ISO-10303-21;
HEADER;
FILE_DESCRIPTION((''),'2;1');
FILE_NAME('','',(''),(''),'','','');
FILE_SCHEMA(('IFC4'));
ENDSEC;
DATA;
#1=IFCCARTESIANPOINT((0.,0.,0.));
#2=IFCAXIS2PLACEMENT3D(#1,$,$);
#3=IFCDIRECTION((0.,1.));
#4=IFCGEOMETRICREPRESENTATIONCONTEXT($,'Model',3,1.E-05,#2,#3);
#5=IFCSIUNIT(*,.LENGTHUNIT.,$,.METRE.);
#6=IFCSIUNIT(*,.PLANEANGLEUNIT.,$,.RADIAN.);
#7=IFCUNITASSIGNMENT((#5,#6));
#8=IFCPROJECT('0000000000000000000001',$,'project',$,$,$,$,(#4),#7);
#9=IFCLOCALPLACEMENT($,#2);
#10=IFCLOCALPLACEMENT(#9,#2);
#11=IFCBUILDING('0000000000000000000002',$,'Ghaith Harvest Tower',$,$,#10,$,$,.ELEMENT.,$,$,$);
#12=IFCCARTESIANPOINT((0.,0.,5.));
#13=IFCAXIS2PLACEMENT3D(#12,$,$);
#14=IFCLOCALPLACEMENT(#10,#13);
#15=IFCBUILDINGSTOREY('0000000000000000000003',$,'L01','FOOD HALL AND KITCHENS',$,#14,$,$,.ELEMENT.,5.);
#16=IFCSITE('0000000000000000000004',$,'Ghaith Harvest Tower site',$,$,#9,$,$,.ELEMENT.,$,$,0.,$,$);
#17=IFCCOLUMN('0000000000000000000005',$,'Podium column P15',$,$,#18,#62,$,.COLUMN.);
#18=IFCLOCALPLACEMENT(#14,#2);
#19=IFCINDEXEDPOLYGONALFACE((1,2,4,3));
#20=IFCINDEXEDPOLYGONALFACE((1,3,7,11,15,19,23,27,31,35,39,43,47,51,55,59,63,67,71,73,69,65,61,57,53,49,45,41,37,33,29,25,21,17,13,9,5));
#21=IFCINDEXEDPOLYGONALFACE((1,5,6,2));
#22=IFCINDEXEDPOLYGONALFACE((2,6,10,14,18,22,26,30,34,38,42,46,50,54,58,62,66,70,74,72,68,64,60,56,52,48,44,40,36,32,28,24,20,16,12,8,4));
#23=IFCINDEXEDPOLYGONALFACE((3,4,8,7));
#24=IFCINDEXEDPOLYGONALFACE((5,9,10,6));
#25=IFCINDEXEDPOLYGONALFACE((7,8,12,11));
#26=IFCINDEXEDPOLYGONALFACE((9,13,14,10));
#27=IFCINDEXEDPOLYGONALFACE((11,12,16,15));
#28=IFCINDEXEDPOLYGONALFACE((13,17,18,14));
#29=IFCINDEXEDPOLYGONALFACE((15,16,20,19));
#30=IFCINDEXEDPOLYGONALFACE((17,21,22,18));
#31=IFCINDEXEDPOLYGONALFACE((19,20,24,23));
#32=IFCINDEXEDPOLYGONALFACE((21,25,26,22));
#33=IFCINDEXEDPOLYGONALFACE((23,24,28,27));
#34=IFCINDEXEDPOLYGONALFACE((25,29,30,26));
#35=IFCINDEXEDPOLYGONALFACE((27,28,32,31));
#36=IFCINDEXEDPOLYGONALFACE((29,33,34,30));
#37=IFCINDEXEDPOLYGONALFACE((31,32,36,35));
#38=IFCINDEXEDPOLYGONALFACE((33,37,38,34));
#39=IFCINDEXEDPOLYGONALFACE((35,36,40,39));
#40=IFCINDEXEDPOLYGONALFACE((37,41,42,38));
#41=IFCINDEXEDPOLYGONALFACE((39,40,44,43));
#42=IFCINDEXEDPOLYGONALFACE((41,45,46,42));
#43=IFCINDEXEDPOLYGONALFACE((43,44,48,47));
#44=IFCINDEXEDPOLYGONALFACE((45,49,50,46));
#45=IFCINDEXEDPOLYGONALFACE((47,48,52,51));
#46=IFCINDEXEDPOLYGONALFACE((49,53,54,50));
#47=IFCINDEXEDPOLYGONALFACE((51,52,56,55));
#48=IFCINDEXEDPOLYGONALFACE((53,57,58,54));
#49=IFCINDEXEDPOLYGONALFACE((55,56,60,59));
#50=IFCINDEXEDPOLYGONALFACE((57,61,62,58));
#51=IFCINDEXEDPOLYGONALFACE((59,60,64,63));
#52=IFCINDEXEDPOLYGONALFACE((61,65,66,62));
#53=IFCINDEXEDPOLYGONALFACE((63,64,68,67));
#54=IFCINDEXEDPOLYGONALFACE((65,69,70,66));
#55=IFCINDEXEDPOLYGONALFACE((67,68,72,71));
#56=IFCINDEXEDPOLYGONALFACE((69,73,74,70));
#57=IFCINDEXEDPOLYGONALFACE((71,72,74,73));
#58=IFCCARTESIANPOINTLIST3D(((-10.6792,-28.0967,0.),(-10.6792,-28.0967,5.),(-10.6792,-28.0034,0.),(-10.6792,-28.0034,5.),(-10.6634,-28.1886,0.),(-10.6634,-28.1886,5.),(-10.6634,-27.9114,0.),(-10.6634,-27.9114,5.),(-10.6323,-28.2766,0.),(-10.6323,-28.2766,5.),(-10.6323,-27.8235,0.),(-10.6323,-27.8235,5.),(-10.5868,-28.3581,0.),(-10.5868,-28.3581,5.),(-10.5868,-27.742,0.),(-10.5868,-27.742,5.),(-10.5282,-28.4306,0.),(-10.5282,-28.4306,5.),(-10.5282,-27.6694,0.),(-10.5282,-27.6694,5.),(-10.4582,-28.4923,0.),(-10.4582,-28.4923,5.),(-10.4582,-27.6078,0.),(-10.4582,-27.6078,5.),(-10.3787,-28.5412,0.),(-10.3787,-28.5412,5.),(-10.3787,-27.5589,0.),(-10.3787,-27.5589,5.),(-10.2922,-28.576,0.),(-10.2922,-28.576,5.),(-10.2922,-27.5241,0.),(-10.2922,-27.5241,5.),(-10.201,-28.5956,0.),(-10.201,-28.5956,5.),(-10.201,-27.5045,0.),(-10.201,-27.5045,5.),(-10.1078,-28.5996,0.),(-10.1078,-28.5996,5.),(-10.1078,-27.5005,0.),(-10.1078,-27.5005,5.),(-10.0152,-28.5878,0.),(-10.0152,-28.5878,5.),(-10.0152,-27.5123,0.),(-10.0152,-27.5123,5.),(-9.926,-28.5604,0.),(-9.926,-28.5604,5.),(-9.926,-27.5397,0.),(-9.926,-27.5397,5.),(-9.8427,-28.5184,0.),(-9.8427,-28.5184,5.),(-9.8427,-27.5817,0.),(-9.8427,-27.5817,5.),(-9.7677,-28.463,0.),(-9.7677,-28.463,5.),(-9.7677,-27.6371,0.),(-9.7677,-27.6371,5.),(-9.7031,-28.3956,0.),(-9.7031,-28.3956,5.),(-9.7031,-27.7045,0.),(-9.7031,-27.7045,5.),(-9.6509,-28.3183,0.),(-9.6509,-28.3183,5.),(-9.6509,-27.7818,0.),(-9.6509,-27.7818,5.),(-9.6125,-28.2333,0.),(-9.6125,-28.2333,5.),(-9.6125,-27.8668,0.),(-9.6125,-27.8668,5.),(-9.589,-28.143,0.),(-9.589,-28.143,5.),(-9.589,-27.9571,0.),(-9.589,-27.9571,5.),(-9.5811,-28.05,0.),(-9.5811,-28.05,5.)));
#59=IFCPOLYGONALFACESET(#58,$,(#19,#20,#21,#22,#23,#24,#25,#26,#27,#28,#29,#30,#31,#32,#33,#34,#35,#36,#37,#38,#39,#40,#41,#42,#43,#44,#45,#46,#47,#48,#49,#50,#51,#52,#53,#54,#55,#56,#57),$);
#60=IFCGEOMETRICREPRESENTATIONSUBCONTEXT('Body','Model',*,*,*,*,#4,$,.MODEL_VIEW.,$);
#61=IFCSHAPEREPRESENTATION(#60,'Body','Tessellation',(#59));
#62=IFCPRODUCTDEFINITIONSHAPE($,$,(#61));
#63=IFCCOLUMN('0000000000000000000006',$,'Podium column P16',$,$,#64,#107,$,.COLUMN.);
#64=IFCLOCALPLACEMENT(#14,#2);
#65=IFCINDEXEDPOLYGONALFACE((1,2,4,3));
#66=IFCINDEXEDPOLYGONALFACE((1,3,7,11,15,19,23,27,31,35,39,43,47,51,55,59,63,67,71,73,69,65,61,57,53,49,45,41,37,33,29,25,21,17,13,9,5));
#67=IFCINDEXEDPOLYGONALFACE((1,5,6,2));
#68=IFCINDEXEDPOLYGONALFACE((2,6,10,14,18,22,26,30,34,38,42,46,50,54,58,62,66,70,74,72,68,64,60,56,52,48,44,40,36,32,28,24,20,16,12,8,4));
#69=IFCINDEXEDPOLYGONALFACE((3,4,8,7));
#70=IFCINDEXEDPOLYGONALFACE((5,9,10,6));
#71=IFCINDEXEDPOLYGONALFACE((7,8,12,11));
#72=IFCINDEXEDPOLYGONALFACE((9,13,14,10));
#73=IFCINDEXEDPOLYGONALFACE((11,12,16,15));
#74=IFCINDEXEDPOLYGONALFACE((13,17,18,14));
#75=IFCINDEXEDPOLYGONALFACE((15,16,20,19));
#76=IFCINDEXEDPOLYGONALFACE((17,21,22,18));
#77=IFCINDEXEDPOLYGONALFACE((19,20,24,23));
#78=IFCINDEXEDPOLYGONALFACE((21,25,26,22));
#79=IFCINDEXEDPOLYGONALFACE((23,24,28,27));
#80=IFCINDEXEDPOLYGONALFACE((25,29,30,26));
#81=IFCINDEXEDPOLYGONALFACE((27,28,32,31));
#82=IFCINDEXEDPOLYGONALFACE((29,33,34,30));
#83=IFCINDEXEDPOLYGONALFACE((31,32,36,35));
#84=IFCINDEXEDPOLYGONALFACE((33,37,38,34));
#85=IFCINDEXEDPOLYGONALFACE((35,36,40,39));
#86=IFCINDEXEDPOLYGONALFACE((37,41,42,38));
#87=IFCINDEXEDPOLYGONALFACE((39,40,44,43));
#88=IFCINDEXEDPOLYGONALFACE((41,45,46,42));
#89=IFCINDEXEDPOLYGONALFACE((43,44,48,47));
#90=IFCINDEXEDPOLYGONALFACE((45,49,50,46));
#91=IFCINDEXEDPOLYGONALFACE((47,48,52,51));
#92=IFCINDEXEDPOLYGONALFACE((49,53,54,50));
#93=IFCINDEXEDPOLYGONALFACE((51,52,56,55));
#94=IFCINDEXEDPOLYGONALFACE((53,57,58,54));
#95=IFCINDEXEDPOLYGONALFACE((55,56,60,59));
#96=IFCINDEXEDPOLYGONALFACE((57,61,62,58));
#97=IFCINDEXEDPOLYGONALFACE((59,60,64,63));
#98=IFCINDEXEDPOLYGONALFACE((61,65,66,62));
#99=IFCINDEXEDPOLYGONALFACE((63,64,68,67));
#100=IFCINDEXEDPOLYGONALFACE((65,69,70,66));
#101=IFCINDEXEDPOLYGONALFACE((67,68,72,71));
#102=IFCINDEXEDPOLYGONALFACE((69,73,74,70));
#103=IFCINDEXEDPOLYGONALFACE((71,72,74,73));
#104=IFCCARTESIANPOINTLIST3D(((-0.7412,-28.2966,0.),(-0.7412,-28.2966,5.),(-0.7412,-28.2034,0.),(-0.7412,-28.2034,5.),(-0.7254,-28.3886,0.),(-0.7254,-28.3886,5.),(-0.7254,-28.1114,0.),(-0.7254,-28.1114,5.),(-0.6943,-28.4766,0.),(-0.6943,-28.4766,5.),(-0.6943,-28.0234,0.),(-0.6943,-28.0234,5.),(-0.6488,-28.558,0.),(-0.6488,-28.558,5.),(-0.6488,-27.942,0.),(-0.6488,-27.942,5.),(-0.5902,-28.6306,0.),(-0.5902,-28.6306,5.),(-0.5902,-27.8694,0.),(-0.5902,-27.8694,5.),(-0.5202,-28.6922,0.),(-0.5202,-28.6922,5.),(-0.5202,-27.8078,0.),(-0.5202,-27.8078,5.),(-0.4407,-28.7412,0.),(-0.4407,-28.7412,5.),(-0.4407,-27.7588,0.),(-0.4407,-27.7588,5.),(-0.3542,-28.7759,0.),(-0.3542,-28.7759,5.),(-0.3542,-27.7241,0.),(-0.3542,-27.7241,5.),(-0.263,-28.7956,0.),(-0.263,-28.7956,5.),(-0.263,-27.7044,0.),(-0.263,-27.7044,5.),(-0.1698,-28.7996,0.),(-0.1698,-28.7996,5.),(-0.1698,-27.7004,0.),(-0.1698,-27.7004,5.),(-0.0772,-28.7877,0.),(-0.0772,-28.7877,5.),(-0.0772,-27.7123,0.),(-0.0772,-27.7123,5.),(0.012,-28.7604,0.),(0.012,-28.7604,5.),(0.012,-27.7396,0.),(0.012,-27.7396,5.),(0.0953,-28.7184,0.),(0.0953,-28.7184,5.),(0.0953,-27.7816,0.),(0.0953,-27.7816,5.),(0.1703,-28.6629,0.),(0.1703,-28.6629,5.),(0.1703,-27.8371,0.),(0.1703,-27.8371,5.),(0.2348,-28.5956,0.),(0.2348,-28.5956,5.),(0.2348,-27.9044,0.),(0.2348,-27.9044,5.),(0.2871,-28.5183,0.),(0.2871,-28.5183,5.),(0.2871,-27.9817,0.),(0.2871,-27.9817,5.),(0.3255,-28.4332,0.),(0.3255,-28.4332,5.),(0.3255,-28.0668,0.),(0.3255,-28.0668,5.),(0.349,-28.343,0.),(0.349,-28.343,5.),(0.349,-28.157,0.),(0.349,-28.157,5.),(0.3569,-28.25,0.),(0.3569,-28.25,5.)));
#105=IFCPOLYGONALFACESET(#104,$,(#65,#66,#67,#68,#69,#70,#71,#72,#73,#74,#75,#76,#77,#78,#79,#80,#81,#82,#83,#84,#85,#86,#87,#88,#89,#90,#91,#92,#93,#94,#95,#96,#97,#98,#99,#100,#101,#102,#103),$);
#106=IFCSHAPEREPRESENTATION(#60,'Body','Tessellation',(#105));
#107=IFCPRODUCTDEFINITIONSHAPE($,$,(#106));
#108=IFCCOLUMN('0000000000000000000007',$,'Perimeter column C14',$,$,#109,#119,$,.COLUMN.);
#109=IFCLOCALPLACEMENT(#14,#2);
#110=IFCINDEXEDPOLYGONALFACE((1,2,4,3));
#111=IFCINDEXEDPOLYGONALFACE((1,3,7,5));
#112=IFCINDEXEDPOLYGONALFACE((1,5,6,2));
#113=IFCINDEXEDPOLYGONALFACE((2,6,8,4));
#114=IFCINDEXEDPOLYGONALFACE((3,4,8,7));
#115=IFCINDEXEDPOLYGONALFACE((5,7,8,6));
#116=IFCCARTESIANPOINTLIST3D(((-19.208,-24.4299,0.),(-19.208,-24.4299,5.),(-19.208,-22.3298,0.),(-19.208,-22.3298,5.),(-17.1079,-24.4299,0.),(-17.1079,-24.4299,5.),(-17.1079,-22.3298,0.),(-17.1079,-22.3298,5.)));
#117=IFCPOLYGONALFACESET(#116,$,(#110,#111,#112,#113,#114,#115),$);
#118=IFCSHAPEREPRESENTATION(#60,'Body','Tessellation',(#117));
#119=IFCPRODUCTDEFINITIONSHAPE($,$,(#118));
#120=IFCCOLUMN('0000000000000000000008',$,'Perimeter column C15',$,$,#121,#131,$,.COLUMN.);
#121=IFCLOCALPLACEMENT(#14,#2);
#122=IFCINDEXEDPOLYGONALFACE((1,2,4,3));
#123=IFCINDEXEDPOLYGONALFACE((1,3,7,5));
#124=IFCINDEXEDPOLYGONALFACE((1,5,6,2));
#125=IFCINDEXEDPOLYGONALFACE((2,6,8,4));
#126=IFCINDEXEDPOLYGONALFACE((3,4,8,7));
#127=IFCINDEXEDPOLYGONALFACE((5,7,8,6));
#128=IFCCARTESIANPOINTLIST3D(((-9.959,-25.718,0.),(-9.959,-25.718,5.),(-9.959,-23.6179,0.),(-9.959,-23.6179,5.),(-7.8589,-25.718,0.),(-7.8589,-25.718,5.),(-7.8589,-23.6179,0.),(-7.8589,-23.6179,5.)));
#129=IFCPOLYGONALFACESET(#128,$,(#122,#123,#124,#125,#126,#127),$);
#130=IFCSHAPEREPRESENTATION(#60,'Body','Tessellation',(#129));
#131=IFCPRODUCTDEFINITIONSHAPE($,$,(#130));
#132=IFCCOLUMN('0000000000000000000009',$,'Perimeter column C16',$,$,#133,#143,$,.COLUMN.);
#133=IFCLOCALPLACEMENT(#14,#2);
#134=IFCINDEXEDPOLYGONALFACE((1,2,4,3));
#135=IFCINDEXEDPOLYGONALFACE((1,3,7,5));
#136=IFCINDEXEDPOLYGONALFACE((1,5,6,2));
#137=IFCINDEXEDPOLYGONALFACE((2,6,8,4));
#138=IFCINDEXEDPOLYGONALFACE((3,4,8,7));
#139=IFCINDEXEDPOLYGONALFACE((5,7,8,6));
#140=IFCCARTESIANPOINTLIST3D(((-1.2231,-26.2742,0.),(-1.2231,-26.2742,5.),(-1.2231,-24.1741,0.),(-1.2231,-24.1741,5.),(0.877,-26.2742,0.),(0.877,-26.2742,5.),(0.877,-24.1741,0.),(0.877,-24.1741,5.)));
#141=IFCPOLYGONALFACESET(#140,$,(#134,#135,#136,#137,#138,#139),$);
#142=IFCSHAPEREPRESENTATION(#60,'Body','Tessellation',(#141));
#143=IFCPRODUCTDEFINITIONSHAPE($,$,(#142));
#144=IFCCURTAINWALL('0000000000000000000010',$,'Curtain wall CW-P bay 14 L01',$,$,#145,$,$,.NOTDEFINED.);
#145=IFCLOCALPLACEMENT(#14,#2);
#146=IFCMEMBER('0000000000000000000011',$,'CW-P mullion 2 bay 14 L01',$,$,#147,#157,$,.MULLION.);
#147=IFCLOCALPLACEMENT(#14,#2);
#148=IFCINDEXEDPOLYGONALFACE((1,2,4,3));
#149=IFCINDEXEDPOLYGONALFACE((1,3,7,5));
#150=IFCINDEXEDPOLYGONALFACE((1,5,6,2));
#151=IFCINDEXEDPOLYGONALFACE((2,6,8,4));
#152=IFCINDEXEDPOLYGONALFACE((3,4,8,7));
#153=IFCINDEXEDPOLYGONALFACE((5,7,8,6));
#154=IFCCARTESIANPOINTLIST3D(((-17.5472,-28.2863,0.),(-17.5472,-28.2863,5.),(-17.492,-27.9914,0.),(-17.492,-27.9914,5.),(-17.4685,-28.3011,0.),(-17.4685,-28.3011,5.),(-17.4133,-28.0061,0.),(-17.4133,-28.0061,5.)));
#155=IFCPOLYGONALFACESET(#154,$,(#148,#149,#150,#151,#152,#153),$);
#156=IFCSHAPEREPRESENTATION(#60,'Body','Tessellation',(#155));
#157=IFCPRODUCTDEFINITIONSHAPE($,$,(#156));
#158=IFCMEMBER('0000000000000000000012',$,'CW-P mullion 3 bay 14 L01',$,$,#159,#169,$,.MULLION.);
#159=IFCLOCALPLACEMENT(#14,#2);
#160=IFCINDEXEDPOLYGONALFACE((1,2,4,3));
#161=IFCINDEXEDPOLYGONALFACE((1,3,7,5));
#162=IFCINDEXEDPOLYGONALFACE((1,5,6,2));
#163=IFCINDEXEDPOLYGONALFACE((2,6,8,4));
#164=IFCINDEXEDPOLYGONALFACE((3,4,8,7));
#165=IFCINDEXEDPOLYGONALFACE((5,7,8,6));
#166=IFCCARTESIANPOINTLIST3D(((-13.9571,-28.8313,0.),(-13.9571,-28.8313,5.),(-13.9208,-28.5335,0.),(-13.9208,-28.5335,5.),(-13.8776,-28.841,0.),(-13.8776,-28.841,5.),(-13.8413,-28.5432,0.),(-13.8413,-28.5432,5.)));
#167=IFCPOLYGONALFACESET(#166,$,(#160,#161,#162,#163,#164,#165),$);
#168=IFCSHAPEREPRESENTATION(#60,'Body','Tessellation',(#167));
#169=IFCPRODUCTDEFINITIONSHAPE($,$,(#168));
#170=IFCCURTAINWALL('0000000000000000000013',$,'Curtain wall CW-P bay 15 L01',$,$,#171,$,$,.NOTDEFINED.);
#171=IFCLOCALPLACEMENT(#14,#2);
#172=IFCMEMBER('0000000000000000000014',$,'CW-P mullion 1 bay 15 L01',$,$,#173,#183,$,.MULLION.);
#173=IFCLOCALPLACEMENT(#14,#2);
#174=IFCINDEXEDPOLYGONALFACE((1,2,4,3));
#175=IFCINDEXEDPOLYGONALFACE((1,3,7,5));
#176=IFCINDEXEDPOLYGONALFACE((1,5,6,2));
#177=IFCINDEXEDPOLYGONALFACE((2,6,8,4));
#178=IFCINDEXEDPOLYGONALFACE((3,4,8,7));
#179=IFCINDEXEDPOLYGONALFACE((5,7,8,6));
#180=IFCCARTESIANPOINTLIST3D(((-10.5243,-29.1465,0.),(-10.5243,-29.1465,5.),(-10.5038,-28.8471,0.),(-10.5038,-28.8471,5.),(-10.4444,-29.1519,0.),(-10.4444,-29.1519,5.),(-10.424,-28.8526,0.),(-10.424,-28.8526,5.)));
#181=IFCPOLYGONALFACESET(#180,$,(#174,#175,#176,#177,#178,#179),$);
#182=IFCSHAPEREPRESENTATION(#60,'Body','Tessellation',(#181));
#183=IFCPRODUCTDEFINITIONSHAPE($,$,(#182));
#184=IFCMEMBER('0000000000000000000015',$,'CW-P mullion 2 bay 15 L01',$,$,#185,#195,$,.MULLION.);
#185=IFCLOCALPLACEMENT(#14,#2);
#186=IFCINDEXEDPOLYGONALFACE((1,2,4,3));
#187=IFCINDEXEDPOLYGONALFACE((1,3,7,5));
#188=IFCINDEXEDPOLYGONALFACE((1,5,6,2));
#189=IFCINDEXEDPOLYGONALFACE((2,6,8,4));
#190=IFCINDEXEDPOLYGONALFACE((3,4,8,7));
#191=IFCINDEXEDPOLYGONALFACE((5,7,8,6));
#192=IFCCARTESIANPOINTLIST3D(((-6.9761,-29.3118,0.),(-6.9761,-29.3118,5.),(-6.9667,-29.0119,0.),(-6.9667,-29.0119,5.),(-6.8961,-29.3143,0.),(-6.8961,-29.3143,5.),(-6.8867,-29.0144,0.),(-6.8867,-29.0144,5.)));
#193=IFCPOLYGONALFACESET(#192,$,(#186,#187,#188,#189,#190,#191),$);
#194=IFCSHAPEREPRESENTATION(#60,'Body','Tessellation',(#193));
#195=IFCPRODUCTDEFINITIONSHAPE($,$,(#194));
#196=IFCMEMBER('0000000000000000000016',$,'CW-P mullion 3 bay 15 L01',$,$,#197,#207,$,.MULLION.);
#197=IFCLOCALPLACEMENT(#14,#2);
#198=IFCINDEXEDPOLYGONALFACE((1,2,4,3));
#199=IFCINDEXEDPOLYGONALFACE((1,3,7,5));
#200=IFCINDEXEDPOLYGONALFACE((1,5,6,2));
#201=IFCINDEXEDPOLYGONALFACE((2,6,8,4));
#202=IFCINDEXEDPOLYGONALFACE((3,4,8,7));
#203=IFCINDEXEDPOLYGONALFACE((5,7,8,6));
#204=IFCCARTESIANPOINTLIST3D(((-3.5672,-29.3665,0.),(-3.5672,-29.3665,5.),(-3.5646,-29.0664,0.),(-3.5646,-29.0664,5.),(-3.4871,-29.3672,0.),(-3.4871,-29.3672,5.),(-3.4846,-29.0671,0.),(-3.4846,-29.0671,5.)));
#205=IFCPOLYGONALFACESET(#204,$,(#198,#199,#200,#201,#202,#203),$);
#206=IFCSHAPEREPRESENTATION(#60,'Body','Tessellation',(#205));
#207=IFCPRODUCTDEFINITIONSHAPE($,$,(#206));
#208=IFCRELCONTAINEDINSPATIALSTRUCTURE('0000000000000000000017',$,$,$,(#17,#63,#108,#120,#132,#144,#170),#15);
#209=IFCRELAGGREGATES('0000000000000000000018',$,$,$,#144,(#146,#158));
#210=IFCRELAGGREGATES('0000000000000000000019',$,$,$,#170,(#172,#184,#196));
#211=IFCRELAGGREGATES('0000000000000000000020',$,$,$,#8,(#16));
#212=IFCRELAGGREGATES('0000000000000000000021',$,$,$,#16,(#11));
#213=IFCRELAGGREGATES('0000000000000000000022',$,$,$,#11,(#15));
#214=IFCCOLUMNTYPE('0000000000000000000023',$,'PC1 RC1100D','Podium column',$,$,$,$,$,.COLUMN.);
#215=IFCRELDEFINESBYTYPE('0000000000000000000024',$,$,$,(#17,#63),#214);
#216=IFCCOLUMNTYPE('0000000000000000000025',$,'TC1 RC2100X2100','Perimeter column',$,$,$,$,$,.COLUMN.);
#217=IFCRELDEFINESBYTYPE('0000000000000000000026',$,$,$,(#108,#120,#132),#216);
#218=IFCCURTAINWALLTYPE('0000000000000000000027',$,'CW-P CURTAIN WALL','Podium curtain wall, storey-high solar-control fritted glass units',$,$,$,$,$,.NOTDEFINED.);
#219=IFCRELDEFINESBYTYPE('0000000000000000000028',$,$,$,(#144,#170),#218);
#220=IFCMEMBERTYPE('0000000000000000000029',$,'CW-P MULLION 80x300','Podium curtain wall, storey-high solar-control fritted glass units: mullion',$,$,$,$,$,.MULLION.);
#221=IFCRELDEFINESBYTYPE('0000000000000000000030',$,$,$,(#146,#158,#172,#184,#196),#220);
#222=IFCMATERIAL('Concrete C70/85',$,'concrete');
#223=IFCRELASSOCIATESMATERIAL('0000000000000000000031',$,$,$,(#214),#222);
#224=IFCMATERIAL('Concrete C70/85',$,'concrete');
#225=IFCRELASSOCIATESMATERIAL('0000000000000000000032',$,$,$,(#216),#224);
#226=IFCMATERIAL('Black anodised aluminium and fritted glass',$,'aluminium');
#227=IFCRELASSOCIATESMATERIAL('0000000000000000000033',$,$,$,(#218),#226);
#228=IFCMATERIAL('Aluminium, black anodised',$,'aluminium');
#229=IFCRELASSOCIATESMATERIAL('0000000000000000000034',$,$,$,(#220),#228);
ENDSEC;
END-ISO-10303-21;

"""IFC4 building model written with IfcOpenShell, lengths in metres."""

from ifc_helpers import new_model, si_unit, direction, frame, origin, origin_2d, place, context, subcontext, project, spatial, rectangle, circle, extrude, material, material_profile, profile_set, type_object, element, aggregate, save


model = new_model("IFC4")

# Units and contexts
model_context = context("Model", 3, precision=1e-05, world=origin(), true_north=direction((0.0, 1.0)))
body_context = subcontext(model_context, "Body", "Model", "MODEL_VIEW")
ifc_project = project(units=[si_unit("LENGTHUNIT", "METRE"), si_unit("PLANEANGLEUNIT", "RADIAN")], contexts=[model_context])

# Site, building, storey
site_placement = place(None, origin())
site = spatial("IfcSite", under=ifc_project, at=site_placement, Name="Ghaith Harvest Tower site", CompositionType="ELEMENT", RefElevation=0.0)
building_placement = place(site_placement, origin())
building = spatial("IfcBuilding", under=site, at=building_placement, Name="Ghaith Harvest Tower", CompositionType="ELEMENT")
storey_placement = place(building_placement, frame((0.0, 0.0, 5.0)))
storey = spatial("IfcBuildingStorey", under=building, at=storey_placement, Name="L01", Description="FOOD HALL AND KITCHENS", CompositionType="ELEMENT", Elevation=5.0)

# Columns
ifc_material_1 = material(Name="Concrete C70/85", Category="concrete")
ifc_material_profile_1 = material_profile(ifc_material_1, circle(Radius=0.55, at=origin_2d()), Name="RC1100D")
ifc_profile_set_1 = profile_set([ifc_material_profile_1], Name="Concrete C70/85")
column_type_1 = type_object("IfcColumnType", Name="PC1 RC1100D", Description="Podium column", PredefinedType="COLUMN", material=ifc_profile_set_1)
for number, where, z_axis, x_axis, name in (
    (1, (-10.1311, -28.05, 0.0), (0.0, 0.0, 1.0), (1.0, 0.0, 0.0), "Podium column P15"),
    (2, (-0.1931, -28.25, 0.0), (0.0, 0.0, 1.0), (1.0, 0.0, 0.0), "Podium column P16"),
):
    element("IfcColumn", number, at=place(storey_placement, frame(where, z_axis=z_axis, x_axis=x_axis)), inside=storey, type_object=column_type_1, Name=name, PredefinedType="COLUMN", context=body_context, shape_type="SweptSolid", body=[
        extrude(circle(Radius=0.55, at=origin_2d()), origin(), (0.0, 0.0, 1.0), 5.0),
    ])
ifc_material_2 = material(Name="Concrete C70/85", Category="concrete")
ifc_material_profile_2 = material_profile(ifc_material_2, rectangle(XDim=2.1001, YDim=2.1001, at=origin_2d()), Name="RC2100X2100")
ifc_profile_set_2 = profile_set([ifc_material_profile_2], Name="Concrete C70/85")
column_type_2 = type_object("IfcColumnType", Name="TC1 RC2100X2100", Description="Perimeter column", PredefinedType="COLUMN", material=ifc_profile_set_2)
for number, where, z_axis, x_axis, name in (
    (3, (-18.158, -23.3799, 0.0), (0.0, 0.0, 1.0), (1.0, 0.0, 0.0), "Perimeter column C14"),
    (4, (-8.9089, -24.668, 0.0), (0.0, 0.0, 1.0), (1.0, 0.0, 0.0), "Perimeter column C15"),
    (5, (-0.1731, -25.2241, 0.0), (0.0, 0.0, 1.0), (1.0, 0.0, 0.0), "Perimeter column C16"),
):
    element("IfcColumn", number, at=place(storey_placement, frame(where, z_axis=z_axis, x_axis=x_axis)), inside=storey, type_object=column_type_2, Name=name, PredefinedType="COLUMN", context=body_context, shape_type="SweptSolid", body=[
        extrude(rectangle(XDim=2.1001, YDim=2.1001, at=origin_2d()), origin(), (0.0, 0.0, 1.0), 5.0),
    ])

# Curtain walls, members
ifc_material_3 = material(Name="Black anodised aluminium and fritted glass", Category="aluminium")
curtain_wall_type = type_object("IfcCurtainWallType", Name="CW-P CURTAIN WALL", Description="Podium curtain wall, storey-high solar-control fritted glass units", PredefinedType="NOTDEFINED", material=ifc_material_3)
curtain_wall_1_placement = place(storey_placement, origin())
curtain_wall_1 = element("IfcCurtainWall", 6, at=curtain_wall_1_placement, inside=storey, type_object=curtain_wall_type, Name="Curtain wall CW-P bay 14 L01", PredefinedType="NOTDEFINED")
ifc_material_4 = material(Name="Aluminium, black anodised", Category="aluminium")
ifc_material_profile_3 = material_profile(ifc_material_4, rectangle(XDim=0.0801, YDim=0.3, at=origin_2d()), Name="CW-P MULLION 80x300")
ifc_profile_set_3 = profile_set([ifc_material_profile_3], Name="Aluminium, black anodised")
member_type_1 = type_object("IfcMemberType", Name="CW-P MULLION 80x300", Description="Podium curtain wall, storey-high solar-control fritted glass units: mullion", PredefinedType="MULLION", material=ifc_profile_set_3)
member_1_placement = place(storey_placement, frame((-17.4802, -28.1462, 0.0), z_axis=(0.0, 0.0, 1.0), x_axis=(0.982926, -0.184001, 0.0)))
member_1 = element("IfcMember", 7, at=member_1_placement, type_object=member_type_1, Name="CW-P mullion 2 bay 14 L01", PredefinedType="MULLION", context=body_context, shape_type="SweptSolid", body=[
    extrude(rectangle(XDim=0.0801, YDim=0.3, at=origin_2d()), origin(), (0.0, 0.0, 1.0), 5.0),
])
member_2_placement = place(storey_placement, frame((-13.8992, -28.6873, 0.0), z_axis=(0.0, 0.0, 1.0), x_axis=(0.992662, -0.120923, 0.0)))
member_2 = element("IfcMember", 8, at=member_2_placement, type_object=member_type_1, Name="CW-P mullion 3 bay 14 L01", PredefinedType="MULLION", context=body_context, shape_type="SweptSolid", body=[
    extrude(rectangle(XDim=0.0801, YDim=0.3, at=origin_2d()), origin(), (0.0, 0.0, 1.0), 5.0),
])
curtain_wall_2_placement = place(storey_placement, origin())
curtain_wall_2 = element("IfcCurtainWall", 9, at=curtain_wall_2_placement, inside=storey, type_object=curtain_wall_type, Name="Curtain wall CW-P bay 15 L01", PredefinedType="NOTDEFINED")
member_3_placement = place(storey_placement, frame((-10.4741, -28.9995, 0.0), z_axis=(0.0, 0.0, 1.0), x_axis=(0.997678, -0.068107, 0.0)))
member_3 = element("IfcMember", 10, at=member_3_placement, type_object=member_type_1, Name="CW-P mullion 1 bay 15 L01", PredefinedType="MULLION", context=body_context, shape_type="SweptSolid", body=[
    extrude(rectangle(XDim=0.0801, YDim=0.3, at=origin_2d()), origin(), (0.0, 0.0, 1.0), 5.0),
])
member_4_placement = place(storey_placement, frame((-6.9314, -29.1631, 0.0), z_axis=(0.0, 0.0, 1.0), x_axis=(0.999512, -0.031241, 0.0)))
member_4 = element("IfcMember", 11, at=member_4_placement, type_object=member_type_1, Name="CW-P mullion 2 bay 15 L01", PredefinedType="MULLION", context=body_context, shape_type="SweptSolid", body=[
    extrude(rectangle(XDim=0.0801, YDim=0.3, at=origin_2d()), origin(), (0.0, 0.0, 1.0), 5.0),
])
member_5_placement = place(storey_placement, frame((-3.5259, -29.2168, 0.0), z_axis=(0.0, 0.0, 1.0), x_axis=(0.999964, -0.008484, 0.0)))
member_5 = element("IfcMember", 12, at=member_5_placement, type_object=member_type_1, Name="CW-P mullion 3 bay 15 L01", PredefinedType="MULLION", context=body_context, shape_type="SweptSolid", body=[
    extrude(rectangle(XDim=0.0801, YDim=0.3, at=origin_2d()), origin(), (0.0, 0.0, 1.0), 5.0),
])

aggregate(curtain_wall_1, [member_1, member_2])
aggregate(curtain_wall_2, [member_3, member_4, member_5])

save(model, "model.ifc")
